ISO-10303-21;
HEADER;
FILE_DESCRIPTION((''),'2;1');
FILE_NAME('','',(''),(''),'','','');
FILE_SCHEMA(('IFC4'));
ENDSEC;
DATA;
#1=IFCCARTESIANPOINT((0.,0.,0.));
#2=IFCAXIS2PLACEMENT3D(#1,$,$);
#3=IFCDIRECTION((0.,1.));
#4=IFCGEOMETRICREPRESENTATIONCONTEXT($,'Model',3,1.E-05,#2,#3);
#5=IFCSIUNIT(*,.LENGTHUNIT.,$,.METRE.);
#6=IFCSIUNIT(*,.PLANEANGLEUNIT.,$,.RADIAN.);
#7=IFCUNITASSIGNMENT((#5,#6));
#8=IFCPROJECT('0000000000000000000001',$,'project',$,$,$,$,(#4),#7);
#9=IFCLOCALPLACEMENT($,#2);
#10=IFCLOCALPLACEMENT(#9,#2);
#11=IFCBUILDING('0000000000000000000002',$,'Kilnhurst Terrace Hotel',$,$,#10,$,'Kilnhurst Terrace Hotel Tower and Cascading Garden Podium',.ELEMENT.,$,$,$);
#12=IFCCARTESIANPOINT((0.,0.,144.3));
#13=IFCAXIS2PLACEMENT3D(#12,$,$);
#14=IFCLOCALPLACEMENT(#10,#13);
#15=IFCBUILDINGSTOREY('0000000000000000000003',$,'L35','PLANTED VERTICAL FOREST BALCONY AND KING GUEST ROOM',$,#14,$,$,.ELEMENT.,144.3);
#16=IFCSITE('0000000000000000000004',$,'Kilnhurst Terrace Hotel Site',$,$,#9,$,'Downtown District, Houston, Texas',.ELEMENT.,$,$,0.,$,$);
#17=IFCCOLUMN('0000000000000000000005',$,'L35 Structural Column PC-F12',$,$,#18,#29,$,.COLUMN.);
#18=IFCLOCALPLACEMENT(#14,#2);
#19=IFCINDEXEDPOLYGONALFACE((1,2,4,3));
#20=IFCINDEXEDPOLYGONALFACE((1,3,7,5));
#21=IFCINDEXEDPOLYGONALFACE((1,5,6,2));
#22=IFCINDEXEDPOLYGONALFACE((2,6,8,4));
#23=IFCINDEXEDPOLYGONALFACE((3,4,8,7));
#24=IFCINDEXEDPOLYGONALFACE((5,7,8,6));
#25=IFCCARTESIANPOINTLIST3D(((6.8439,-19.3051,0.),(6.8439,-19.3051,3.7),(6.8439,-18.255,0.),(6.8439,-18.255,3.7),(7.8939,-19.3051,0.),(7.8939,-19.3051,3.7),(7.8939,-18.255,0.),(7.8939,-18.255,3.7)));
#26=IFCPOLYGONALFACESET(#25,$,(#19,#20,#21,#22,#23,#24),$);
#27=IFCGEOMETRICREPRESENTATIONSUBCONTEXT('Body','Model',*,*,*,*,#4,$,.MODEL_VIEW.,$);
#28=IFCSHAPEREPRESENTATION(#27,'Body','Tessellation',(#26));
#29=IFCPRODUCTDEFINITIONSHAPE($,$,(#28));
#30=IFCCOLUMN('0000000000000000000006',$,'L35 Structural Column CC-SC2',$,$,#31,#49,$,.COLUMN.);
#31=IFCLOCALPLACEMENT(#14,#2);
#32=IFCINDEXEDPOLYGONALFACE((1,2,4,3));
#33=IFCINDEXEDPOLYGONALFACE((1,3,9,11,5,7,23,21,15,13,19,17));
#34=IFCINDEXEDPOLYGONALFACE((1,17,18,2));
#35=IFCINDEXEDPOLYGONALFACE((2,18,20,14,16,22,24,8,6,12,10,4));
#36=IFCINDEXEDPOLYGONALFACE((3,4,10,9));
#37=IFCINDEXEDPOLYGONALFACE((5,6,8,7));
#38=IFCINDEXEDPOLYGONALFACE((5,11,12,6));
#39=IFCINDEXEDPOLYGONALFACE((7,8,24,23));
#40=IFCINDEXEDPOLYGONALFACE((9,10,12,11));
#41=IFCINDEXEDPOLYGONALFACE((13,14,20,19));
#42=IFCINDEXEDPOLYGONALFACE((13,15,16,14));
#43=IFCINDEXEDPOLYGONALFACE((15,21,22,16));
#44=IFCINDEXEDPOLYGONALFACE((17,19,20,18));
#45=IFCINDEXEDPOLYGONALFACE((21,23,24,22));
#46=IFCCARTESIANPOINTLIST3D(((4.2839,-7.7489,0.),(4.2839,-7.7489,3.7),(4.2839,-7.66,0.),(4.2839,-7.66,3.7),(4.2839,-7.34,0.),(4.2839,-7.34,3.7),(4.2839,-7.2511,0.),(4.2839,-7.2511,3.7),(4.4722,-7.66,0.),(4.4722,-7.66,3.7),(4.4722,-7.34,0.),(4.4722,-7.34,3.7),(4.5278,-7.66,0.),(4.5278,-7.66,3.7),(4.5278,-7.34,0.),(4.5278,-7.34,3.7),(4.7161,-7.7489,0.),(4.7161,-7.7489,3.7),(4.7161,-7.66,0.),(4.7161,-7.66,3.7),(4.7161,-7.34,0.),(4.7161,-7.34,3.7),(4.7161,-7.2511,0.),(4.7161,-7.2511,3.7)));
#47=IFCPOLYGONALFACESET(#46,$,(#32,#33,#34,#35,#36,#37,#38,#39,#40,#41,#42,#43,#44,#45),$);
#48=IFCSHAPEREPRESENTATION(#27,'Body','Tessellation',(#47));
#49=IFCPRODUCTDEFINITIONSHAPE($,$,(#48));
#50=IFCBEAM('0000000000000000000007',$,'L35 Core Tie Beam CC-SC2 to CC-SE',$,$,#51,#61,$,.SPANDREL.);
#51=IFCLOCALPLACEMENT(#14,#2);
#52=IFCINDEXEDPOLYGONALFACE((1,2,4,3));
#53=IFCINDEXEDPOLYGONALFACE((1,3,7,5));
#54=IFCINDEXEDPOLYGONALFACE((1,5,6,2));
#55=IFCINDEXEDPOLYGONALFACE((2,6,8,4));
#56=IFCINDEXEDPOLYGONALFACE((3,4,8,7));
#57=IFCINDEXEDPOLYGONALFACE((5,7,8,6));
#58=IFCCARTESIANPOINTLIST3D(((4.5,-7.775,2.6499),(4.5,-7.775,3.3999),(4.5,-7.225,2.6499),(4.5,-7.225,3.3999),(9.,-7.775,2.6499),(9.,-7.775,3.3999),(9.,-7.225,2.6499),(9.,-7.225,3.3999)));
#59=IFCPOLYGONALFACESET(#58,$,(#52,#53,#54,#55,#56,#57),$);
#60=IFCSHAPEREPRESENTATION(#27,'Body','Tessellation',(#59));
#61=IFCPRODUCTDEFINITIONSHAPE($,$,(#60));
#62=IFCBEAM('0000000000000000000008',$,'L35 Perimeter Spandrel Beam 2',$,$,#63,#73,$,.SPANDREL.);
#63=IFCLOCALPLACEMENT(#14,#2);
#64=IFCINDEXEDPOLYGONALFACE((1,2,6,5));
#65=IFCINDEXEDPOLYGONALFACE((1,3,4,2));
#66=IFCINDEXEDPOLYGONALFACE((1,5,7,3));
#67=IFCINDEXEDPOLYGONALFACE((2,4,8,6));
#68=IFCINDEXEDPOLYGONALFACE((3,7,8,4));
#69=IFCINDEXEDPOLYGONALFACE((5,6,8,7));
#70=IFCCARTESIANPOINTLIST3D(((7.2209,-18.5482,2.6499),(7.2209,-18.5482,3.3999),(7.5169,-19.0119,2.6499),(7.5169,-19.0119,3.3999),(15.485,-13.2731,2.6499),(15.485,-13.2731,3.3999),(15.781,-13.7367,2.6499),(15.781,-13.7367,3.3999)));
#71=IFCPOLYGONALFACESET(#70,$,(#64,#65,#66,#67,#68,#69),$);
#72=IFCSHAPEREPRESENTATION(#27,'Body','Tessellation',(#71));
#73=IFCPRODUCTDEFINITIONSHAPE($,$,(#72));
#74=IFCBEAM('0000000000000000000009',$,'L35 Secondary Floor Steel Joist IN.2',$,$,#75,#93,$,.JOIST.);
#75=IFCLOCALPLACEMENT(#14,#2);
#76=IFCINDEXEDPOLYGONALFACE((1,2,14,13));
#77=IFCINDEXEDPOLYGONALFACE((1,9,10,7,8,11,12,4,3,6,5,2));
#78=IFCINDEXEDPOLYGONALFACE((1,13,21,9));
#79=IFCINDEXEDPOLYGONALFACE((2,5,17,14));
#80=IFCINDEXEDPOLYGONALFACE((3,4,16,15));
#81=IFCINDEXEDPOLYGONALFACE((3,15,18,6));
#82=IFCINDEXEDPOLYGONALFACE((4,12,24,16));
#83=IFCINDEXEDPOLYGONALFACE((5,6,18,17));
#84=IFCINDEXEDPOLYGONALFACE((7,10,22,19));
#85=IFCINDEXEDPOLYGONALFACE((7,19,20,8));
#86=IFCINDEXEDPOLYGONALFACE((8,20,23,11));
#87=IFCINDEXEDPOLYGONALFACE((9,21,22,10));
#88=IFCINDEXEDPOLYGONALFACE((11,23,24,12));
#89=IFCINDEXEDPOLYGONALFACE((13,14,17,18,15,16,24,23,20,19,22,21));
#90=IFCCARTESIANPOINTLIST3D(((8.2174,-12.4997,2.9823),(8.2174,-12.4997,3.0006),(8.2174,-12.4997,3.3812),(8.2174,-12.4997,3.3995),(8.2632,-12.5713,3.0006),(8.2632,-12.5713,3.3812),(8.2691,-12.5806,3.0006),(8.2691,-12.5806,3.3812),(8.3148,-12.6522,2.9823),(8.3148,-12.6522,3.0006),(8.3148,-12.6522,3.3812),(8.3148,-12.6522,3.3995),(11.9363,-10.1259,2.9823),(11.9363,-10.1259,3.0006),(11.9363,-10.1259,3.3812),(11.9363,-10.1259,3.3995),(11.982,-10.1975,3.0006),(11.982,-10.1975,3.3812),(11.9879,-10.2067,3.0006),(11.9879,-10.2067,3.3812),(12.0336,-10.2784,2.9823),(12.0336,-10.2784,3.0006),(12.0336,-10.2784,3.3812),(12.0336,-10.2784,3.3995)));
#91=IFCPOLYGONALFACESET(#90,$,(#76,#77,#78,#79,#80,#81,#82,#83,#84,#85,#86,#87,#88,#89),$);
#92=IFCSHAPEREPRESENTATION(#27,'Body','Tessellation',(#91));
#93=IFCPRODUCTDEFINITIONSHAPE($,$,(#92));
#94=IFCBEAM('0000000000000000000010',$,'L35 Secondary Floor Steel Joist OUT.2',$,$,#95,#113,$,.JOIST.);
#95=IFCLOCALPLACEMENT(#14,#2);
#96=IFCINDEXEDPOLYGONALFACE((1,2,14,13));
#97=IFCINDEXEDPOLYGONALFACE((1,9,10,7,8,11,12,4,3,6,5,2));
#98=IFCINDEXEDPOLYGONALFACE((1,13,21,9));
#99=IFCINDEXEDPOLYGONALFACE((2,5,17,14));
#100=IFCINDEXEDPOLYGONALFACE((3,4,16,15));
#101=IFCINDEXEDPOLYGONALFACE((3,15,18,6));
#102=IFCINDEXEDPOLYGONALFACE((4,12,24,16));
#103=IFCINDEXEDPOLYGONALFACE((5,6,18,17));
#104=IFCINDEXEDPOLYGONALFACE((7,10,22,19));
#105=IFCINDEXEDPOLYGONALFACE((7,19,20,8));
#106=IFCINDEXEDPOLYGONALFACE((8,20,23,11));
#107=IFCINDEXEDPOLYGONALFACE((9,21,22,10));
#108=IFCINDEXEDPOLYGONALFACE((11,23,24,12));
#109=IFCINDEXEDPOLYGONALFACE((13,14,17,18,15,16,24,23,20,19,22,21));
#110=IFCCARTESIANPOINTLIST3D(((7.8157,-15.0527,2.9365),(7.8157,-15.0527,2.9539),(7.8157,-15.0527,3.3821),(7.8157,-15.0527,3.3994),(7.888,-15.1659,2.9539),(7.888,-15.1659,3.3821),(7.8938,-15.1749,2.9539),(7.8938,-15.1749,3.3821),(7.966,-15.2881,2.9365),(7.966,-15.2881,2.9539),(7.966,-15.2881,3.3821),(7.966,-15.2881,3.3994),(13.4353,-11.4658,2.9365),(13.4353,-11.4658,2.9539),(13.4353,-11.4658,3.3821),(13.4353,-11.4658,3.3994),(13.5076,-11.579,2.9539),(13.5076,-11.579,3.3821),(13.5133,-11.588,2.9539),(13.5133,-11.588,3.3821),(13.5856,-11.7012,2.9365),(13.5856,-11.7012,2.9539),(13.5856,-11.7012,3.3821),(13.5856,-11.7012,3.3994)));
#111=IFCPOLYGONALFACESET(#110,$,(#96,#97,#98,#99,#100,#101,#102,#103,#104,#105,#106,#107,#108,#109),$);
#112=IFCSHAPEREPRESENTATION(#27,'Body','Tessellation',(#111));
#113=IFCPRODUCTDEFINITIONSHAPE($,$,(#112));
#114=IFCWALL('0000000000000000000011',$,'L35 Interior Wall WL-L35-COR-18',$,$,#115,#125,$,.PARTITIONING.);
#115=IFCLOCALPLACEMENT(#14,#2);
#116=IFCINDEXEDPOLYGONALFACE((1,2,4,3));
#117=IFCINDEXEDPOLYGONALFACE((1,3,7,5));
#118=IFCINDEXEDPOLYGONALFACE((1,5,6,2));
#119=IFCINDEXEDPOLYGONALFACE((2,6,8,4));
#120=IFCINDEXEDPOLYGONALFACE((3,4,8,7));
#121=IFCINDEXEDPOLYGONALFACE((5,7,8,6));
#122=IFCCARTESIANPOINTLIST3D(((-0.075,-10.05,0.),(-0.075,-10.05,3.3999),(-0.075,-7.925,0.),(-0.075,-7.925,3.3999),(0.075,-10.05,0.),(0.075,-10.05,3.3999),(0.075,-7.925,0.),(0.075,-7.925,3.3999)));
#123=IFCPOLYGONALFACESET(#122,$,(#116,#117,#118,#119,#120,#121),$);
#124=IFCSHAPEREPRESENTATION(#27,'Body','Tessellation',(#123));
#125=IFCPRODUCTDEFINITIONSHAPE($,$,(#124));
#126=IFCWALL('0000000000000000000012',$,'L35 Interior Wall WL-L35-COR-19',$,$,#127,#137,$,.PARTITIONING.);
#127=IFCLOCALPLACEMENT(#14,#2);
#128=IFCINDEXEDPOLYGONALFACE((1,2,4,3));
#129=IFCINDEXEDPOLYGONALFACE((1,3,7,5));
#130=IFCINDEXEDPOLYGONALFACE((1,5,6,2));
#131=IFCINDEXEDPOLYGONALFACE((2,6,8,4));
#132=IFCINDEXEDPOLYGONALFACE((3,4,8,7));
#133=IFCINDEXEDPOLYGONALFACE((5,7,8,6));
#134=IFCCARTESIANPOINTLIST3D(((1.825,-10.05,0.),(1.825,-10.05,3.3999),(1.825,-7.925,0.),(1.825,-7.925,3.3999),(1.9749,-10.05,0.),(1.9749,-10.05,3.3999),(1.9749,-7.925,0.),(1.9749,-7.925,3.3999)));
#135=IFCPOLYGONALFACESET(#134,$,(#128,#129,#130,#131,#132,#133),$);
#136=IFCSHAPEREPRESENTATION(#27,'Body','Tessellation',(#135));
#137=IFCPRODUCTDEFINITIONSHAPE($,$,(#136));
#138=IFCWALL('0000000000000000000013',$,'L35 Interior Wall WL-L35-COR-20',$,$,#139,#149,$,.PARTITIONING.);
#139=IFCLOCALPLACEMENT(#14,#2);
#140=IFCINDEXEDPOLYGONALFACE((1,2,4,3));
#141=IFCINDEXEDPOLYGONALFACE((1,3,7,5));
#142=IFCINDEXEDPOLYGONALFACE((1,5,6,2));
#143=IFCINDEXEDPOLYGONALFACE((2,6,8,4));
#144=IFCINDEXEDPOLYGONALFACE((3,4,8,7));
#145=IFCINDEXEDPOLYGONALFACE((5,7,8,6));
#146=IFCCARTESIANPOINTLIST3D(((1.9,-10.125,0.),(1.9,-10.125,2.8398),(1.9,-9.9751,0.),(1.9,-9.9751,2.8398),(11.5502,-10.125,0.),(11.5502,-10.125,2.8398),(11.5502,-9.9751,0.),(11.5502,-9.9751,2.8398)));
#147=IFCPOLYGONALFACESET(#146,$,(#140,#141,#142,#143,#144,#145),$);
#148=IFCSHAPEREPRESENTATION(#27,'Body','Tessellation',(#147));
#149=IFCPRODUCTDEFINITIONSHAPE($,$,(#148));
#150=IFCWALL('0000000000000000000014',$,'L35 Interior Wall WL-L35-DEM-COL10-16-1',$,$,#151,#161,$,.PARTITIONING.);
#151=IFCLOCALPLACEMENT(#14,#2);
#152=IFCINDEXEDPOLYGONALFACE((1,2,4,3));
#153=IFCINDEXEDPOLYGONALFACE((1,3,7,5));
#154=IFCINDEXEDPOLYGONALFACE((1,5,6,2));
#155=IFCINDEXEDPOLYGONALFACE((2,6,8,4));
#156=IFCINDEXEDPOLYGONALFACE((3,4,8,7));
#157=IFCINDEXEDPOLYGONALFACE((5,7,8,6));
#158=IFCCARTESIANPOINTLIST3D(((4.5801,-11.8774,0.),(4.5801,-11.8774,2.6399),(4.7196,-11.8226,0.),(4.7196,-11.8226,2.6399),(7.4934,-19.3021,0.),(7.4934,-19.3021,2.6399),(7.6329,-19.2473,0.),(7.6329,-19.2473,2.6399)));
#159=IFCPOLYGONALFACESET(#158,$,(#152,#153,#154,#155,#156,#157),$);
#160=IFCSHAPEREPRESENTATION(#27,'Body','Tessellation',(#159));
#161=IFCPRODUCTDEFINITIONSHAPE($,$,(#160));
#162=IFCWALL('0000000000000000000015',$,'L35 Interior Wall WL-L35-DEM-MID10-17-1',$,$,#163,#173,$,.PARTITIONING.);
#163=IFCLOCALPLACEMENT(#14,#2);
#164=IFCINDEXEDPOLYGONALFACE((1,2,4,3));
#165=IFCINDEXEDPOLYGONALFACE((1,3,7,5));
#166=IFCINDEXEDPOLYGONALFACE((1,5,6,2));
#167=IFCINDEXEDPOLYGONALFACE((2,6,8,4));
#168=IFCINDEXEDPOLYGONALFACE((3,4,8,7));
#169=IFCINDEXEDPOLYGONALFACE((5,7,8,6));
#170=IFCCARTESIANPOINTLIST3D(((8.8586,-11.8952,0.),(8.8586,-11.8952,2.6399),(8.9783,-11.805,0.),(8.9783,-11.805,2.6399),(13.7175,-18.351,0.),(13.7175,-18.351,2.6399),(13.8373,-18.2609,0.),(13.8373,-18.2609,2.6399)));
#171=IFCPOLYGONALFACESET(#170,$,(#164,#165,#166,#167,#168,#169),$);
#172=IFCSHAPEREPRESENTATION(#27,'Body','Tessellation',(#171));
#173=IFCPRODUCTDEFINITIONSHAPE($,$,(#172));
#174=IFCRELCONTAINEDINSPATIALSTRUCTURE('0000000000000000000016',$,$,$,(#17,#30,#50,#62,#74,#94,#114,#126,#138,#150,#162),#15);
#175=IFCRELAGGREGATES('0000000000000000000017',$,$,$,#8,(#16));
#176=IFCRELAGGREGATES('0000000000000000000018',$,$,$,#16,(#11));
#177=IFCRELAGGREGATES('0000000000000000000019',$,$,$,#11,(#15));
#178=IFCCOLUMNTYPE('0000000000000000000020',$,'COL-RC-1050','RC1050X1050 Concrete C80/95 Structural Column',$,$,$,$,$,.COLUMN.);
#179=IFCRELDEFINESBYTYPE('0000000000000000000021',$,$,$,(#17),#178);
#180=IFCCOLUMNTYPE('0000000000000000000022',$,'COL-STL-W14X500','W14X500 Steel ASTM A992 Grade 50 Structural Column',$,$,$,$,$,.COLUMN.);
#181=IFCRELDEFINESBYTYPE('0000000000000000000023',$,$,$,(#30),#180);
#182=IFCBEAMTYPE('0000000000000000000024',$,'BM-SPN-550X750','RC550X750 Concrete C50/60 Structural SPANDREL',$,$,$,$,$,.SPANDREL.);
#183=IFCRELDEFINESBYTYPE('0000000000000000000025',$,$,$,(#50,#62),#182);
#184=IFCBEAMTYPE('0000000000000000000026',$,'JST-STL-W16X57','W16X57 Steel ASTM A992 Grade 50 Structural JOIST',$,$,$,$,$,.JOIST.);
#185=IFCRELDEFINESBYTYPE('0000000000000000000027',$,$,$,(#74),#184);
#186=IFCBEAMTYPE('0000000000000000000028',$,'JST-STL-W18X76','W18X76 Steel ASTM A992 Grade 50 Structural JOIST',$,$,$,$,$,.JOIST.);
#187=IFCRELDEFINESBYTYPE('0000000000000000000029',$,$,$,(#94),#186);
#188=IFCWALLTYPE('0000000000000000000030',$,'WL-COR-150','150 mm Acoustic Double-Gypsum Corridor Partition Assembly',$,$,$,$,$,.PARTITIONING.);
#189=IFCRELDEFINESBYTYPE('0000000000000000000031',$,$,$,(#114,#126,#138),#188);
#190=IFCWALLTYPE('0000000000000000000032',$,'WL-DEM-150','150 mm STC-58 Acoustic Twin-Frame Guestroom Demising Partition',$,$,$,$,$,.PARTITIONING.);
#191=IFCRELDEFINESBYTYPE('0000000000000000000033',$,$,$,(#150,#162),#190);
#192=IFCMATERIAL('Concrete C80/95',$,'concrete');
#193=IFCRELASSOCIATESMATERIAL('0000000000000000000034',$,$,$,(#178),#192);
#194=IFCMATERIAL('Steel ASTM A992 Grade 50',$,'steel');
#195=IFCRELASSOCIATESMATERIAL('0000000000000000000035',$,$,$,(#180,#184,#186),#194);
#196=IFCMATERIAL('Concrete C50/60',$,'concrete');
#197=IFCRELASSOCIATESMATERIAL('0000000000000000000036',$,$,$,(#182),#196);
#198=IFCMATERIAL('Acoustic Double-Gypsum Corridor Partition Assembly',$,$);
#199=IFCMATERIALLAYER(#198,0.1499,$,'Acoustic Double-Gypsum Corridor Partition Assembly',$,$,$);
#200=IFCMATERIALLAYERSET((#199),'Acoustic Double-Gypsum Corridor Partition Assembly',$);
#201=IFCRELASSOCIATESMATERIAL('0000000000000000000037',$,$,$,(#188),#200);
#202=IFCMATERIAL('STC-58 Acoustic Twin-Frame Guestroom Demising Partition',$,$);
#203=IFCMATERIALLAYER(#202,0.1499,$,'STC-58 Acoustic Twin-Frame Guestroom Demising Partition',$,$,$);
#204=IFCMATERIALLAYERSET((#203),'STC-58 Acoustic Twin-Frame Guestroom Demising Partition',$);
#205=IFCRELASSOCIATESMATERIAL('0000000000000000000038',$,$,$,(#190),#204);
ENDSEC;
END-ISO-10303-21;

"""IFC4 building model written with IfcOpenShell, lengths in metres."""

from ifc_helpers import new_model, si_unit, direction, frame, frame_2d, origin, origin_2d, place, context, subcontext, project, spatial, rectangle, i_section, extrude, material, layer, layer_set, material_profile, profile_set, type_object, element, save


model = new_model("IFC4")

# Units and contexts
model_context = context("Model", 3, precision=1e-05, world=origin(), true_north=direction((0.0, 1.0)))
body_context = subcontext(model_context, "Body", "Model", "MODEL_VIEW")
ifc_project = project(units=[si_unit("LENGTHUNIT", "METRE"), si_unit("PLANEANGLEUNIT", "RADIAN")], contexts=[model_context])

# Site, building, storey
site_placement = place(None, origin())
site = spatial("IfcSite", under=ifc_project, at=site_placement, Name="Kilnhurst Terrace Hotel Site", LongName="Downtown District, Houston, Texas", CompositionType="ELEMENT", RefElevation=0.0)
building_placement = place(site_placement, origin())
building = spatial("IfcBuilding", under=site, at=building_placement, Name="Kilnhurst Terrace Hotel", LongName="Kilnhurst Terrace Hotel Tower and Cascading Garden Podium", CompositionType="ELEMENT")
storey_placement = place(building_placement, frame((0.0, 0.0, 144.3)))
storey = spatial("IfcBuildingStorey", under=building, at=storey_placement, Name="L35", Description="PLANTED VERTICAL FOREST BALCONY AND KING GUEST ROOM", CompositionType="ELEMENT", Elevation=144.3)

# Columns
ifc_material_1 = material(Name="Concrete C80/95", Category="concrete")
ifc_material_profile_1 = material_profile(ifc_material_1, rectangle(XDim=1.05, YDim=1.05, at=origin_2d()), Name="RC1050X1050")
ifc_profile_set_1 = profile_set([ifc_material_profile_1], Name="Concrete C80/95")
column_type_1 = type_object("IfcColumnType", Name="COL-RC-1050", Description="RC1050X1050 Concrete C80/95 Structural Column", PredefinedType="COLUMN", material=ifc_profile_set_1)
column_1_placement = place(storey_placement, frame((7.3689, -18.78, 0.0), z_axis=(0.0, 0.0, 1.0), x_axis=(1.0, 0.0, 0.0)))
element("IfcColumn", 1, at=column_1_placement, inside=storey, type_object=column_type_1, Name="L35 Structural Column PC-F12", PredefinedType="COLUMN", context=body_context, shape_type="SweptSolid", body=[
    extrude(rectangle(XDim=1.05, YDim=1.05, at=origin_2d()), origin(), (0.0, 0.0, 1.0), 3.7),
])
ifc_material_2 = material(Name="Steel ASTM A992 Grade 50", Category="steel")
ifc_material_profile_2 = material_profile(ifc_material_2, i_section(OverallWidth=0.4321, OverallDepth=0.4978, WebThickness=0.0557, FlangeThickness=0.0889, at=origin_2d()), Name="W14X500")
ifc_profile_set_2 = profile_set([ifc_material_profile_2], Name="Steel ASTM A992 Grade 50")
column_type_2 = type_object("IfcColumnType", Name="COL-STL-W14X500", Description="W14X500 Steel ASTM A992 Grade 50 Structural Column", PredefinedType="COLUMN", material=ifc_profile_set_2)
column_2_placement = place(storey_placement, frame((4.5, -7.5, 0.0), z_axis=(0.0, 0.0, 1.0), x_axis=(1.0, 0.0, 0.0)))
element("IfcColumn", 2, at=column_2_placement, inside=storey, type_object=column_type_2, Name="L35 Structural Column CC-SC2", PredefinedType="COLUMN", context=body_context, shape_type="SweptSolid", body=[
    extrude(i_section(OverallWidth=0.4321, OverallDepth=0.4978, WebThickness=0.0557, FlangeThickness=0.0889, at=origin_2d()), origin(), (0.0, 0.0, 1.0), 3.7),
])

# Beams
ifc_material_3 = material(Name="Concrete C50/60", Category="concrete")
ifc_material_profile_3 = material_profile(ifc_material_3, rectangle(XDim=0.55, YDim=0.75, at=origin_2d()), Name="RC550X750")
ifc_profile_set_3 = profile_set([ifc_material_profile_3], Name="Concrete C50/60")
beam_type_1 = type_object("IfcBeamType", Name="BM-SPN-550X750", Description="RC550X750 Concrete C50/60 Structural SPANDREL", PredefinedType="SPANDREL", material=ifc_profile_set_3)
beam_1_placement = place(storey_placement, frame((4.5, -7.5, 3.0249), z_axis=(1.0, 0.0, 0.0), x_axis=(0.0, 1.0, 0.0)))
element("IfcBeam", 3, at=beam_1_placement, inside=storey, type_object=beam_type_1, Name="L35 Core Tie Beam CC-SC2 to CC-SE", PredefinedType="SPANDREL", context=body_context, shape_type="SweptSolid", body=[
    extrude(rectangle(XDim=0.55, YDim=0.75, at=origin_2d()), origin(), (0.0, 0.0, 1.0), 4.5),
])
beam_2_placement = place(storey_placement, frame((7.3689, -18.78, 3.0249), z_axis=(0.842915, 0.538046, 0.0), x_axis=(-0.538046, 0.842915, 0.0)))
element("IfcBeam", 4, at=beam_2_placement, inside=storey, type_object=beam_type_1, Name="L35 Perimeter Spandrel Beam 2", PredefinedType="SPANDREL", context=body_context, shape_type="SweptSolid", body=[
    extrude(rectangle(XDim=0.55, YDim=0.75, at=origin_2d()), origin(), (0.0, 0.0, 1.0), 9.8042),
])
ifc_material_profile_4 = material_profile(ifc_material_2, i_section(OverallWidth=0.1809, OverallDepth=0.4172, WebThickness=0.011, FlangeThickness=0.0183, at=origin_2d()), Name="W16X57")
ifc_profile_set_4 = profile_set([ifc_material_profile_4], Name="Steel ASTM A992 Grade 50")
beam_type_2 = type_object("IfcBeamType", Name="JST-STL-W16X57", Description="W16X57 Steel ASTM A992 Grade 50 Structural JOIST", PredefinedType="JOIST", material=ifc_profile_set_4)
beam_3_placement = place(storey_placement, frame((8.2661, -12.5759, 3.1909), z_axis=(0.842911, 0.538053, 0.0), x_axis=(-0.538053, 0.842911, 0.0)))
element("IfcBeam", 5, at=beam_3_placement, inside=storey, type_object=beam_type_2, Name="L35 Secondary Floor Steel Joist IN.2", PredefinedType="JOIST", context=body_context, shape_type="SweptSolid", body=[
    extrude(i_section(OverallWidth=0.1809, OverallDepth=0.4172, WebThickness=0.011, FlangeThickness=0.0183, at=origin_2d()), origin(), (0.0, 0.0, 1.0), 4.4119),
])
ifc_material_profile_5 = material_profile(ifc_material_2, i_section(OverallWidth=0.2793, OverallDepth=0.4629, WebThickness=0.0107, FlangeThickness=0.0173, at=origin_2d()), Name="W18X76")
ifc_profile_set_5 = profile_set([ifc_material_profile_5], Name="Steel ASTM A992 Grade 50")
beam_type_3 = type_object("IfcBeamType", Name="JST-STL-W18X76", Description="W18X76 Steel ASTM A992 Grade 50 Structural JOIST", PredefinedType="JOIST", material=ifc_profile_set_5)
beam_4_placement = place(storey_placement, frame((7.8909, -15.1704, 3.168), z_axis=(0.842928, 0.538027, 0.0), x_axis=(-0.538027, 0.842928, 0.0)))
element("IfcBeam", 6, at=beam_4_placement, inside=storey, type_object=beam_type_3, Name="L35 Secondary Floor Steel Joist OUT.2", PredefinedType="JOIST", context=body_context, shape_type="SweptSolid", body=[
    extrude(i_section(OverallWidth=0.2793, OverallDepth=0.4629, WebThickness=0.0107, FlangeThickness=0.0173, at=origin_2d()), origin(), (0.0, 0.0, 1.0), 6.6667),
])

# Walls
ifc_material_4 = material(Name="Acoustic Double-Gypsum Corridor Partition Assembly")
ifc_layer_1 = layer(ifc_material_4, 0.1499, Name="Acoustic Double-Gypsum Corridor Partition Assembly")
ifc_layer_set_1 = layer_set([ifc_layer_1], Name="Acoustic Double-Gypsum Corridor Partition Assembly")
wall_type_1 = type_object("IfcWallType", Name="WL-COR-150", Description="150 mm Acoustic Double-Gypsum Corridor Partition Assembly", PredefinedType="PARTITIONING", material=ifc_layer_set_1)
for number, where, z_axis, x_axis, name in (
    (7, (0.0, -10.05, 0.0), (0.0, 0.0, 1.0), (0.0, 1.0, 0.0), "L35 Interior Wall WL-L35-COR-18"),
    (8, (1.8999, -7.925, 0.0), (0.0, 0.0, 1.0), (0.0, -1.0, 0.0), "L35 Interior Wall WL-L35-COR-19"),
):
    element("IfcWall", number, at=place(storey_placement, frame(where, z_axis=z_axis, x_axis=x_axis)), inside=storey, type_object=wall_type_1, Name=name, PredefinedType="PARTITIONING", context=body_context, shape_type="SweptSolid", body=[
        extrude(rectangle(XDim=2.125, YDim=0.1499, at=frame_2d((1.0625, 0.0))), origin(), (0.0, 0.0, 1.0), 3.3999),
    ])
wall_1_placement = place(storey_placement, frame((1.8999, -10.05, 0.0), z_axis=(0.0, 0.0, 1.0), x_axis=(1.0, 0.0, 0.0)))
element("IfcWall", 9, at=wall_1_placement, inside=storey, type_object=wall_type_1, Name="L35 Interior Wall WL-L35-COR-20", PredefinedType="PARTITIONING", context=body_context, shape_type="SweptSolid", body=[
    extrude(rectangle(XDim=9.6501, YDim=0.1499, at=frame_2d((4.8252, 0.0))), origin(), (0.0, 0.0, 1.0), 2.8398),
])
ifc_material_5 = material(Name="STC-58 Acoustic Twin-Frame Guestroom Demising Partition")
ifc_layer_2 = layer(ifc_material_5, 0.1499, Name="STC-58 Acoustic Twin-Frame Guestroom Demising Partition")
ifc_layer_set_2 = layer_set([ifc_layer_2], Name="STC-58 Acoustic Twin-Frame Guestroom Demising Partition")
wall_type_2 = type_object("IfcWallType", Name="WL-DEM-150", Description="150 mm STC-58 Acoustic Twin-Frame Guestroom Demising Partition", PredefinedType="PARTITIONING", material=ifc_layer_set_2)
wall_2_placement = place(storey_placement, frame((4.6499, -11.8501, 0.0), z_axis=(0.0, 0.0, 1.0), x_axis=(0.365266, -0.930903, 0.0)))
element("IfcWall", 10, at=wall_2_placement, inside=storey, type_object=wall_type_2, Name="L35 Interior Wall WL-L35-DEM-COL10-16-1", PredefinedType="PARTITIONING", context=body_context, shape_type="SweptSolid", body=[
    extrude(rectangle(XDim=7.9758, YDim=0.1499, at=frame_2d((3.9878, 0.0))), origin(), (0.0, 0.0, 1.0), 2.6399),
])
wall_3_placement = place(storey_placement, frame((8.9185, -11.8501, 0.0), z_axis=(0.0, 0.0, 1.0), x_axis=(0.601348, -0.798987, 0.0)))
element("IfcWall", 11, at=wall_3_placement, inside=storey, type_object=wall_type_2, Name="L35 Interior Wall WL-L35-DEM-MID10-17-1", PredefinedType="PARTITIONING", context=body_context, shape_type="SweptSolid", body=[
    extrude(rectangle(XDim=8.0801, YDim=0.1499, at=frame_2d((4.04, 0.0))), origin(), (0.0, 0.0, 1.0), 2.6399),
])

save(model, "model.ifc")
